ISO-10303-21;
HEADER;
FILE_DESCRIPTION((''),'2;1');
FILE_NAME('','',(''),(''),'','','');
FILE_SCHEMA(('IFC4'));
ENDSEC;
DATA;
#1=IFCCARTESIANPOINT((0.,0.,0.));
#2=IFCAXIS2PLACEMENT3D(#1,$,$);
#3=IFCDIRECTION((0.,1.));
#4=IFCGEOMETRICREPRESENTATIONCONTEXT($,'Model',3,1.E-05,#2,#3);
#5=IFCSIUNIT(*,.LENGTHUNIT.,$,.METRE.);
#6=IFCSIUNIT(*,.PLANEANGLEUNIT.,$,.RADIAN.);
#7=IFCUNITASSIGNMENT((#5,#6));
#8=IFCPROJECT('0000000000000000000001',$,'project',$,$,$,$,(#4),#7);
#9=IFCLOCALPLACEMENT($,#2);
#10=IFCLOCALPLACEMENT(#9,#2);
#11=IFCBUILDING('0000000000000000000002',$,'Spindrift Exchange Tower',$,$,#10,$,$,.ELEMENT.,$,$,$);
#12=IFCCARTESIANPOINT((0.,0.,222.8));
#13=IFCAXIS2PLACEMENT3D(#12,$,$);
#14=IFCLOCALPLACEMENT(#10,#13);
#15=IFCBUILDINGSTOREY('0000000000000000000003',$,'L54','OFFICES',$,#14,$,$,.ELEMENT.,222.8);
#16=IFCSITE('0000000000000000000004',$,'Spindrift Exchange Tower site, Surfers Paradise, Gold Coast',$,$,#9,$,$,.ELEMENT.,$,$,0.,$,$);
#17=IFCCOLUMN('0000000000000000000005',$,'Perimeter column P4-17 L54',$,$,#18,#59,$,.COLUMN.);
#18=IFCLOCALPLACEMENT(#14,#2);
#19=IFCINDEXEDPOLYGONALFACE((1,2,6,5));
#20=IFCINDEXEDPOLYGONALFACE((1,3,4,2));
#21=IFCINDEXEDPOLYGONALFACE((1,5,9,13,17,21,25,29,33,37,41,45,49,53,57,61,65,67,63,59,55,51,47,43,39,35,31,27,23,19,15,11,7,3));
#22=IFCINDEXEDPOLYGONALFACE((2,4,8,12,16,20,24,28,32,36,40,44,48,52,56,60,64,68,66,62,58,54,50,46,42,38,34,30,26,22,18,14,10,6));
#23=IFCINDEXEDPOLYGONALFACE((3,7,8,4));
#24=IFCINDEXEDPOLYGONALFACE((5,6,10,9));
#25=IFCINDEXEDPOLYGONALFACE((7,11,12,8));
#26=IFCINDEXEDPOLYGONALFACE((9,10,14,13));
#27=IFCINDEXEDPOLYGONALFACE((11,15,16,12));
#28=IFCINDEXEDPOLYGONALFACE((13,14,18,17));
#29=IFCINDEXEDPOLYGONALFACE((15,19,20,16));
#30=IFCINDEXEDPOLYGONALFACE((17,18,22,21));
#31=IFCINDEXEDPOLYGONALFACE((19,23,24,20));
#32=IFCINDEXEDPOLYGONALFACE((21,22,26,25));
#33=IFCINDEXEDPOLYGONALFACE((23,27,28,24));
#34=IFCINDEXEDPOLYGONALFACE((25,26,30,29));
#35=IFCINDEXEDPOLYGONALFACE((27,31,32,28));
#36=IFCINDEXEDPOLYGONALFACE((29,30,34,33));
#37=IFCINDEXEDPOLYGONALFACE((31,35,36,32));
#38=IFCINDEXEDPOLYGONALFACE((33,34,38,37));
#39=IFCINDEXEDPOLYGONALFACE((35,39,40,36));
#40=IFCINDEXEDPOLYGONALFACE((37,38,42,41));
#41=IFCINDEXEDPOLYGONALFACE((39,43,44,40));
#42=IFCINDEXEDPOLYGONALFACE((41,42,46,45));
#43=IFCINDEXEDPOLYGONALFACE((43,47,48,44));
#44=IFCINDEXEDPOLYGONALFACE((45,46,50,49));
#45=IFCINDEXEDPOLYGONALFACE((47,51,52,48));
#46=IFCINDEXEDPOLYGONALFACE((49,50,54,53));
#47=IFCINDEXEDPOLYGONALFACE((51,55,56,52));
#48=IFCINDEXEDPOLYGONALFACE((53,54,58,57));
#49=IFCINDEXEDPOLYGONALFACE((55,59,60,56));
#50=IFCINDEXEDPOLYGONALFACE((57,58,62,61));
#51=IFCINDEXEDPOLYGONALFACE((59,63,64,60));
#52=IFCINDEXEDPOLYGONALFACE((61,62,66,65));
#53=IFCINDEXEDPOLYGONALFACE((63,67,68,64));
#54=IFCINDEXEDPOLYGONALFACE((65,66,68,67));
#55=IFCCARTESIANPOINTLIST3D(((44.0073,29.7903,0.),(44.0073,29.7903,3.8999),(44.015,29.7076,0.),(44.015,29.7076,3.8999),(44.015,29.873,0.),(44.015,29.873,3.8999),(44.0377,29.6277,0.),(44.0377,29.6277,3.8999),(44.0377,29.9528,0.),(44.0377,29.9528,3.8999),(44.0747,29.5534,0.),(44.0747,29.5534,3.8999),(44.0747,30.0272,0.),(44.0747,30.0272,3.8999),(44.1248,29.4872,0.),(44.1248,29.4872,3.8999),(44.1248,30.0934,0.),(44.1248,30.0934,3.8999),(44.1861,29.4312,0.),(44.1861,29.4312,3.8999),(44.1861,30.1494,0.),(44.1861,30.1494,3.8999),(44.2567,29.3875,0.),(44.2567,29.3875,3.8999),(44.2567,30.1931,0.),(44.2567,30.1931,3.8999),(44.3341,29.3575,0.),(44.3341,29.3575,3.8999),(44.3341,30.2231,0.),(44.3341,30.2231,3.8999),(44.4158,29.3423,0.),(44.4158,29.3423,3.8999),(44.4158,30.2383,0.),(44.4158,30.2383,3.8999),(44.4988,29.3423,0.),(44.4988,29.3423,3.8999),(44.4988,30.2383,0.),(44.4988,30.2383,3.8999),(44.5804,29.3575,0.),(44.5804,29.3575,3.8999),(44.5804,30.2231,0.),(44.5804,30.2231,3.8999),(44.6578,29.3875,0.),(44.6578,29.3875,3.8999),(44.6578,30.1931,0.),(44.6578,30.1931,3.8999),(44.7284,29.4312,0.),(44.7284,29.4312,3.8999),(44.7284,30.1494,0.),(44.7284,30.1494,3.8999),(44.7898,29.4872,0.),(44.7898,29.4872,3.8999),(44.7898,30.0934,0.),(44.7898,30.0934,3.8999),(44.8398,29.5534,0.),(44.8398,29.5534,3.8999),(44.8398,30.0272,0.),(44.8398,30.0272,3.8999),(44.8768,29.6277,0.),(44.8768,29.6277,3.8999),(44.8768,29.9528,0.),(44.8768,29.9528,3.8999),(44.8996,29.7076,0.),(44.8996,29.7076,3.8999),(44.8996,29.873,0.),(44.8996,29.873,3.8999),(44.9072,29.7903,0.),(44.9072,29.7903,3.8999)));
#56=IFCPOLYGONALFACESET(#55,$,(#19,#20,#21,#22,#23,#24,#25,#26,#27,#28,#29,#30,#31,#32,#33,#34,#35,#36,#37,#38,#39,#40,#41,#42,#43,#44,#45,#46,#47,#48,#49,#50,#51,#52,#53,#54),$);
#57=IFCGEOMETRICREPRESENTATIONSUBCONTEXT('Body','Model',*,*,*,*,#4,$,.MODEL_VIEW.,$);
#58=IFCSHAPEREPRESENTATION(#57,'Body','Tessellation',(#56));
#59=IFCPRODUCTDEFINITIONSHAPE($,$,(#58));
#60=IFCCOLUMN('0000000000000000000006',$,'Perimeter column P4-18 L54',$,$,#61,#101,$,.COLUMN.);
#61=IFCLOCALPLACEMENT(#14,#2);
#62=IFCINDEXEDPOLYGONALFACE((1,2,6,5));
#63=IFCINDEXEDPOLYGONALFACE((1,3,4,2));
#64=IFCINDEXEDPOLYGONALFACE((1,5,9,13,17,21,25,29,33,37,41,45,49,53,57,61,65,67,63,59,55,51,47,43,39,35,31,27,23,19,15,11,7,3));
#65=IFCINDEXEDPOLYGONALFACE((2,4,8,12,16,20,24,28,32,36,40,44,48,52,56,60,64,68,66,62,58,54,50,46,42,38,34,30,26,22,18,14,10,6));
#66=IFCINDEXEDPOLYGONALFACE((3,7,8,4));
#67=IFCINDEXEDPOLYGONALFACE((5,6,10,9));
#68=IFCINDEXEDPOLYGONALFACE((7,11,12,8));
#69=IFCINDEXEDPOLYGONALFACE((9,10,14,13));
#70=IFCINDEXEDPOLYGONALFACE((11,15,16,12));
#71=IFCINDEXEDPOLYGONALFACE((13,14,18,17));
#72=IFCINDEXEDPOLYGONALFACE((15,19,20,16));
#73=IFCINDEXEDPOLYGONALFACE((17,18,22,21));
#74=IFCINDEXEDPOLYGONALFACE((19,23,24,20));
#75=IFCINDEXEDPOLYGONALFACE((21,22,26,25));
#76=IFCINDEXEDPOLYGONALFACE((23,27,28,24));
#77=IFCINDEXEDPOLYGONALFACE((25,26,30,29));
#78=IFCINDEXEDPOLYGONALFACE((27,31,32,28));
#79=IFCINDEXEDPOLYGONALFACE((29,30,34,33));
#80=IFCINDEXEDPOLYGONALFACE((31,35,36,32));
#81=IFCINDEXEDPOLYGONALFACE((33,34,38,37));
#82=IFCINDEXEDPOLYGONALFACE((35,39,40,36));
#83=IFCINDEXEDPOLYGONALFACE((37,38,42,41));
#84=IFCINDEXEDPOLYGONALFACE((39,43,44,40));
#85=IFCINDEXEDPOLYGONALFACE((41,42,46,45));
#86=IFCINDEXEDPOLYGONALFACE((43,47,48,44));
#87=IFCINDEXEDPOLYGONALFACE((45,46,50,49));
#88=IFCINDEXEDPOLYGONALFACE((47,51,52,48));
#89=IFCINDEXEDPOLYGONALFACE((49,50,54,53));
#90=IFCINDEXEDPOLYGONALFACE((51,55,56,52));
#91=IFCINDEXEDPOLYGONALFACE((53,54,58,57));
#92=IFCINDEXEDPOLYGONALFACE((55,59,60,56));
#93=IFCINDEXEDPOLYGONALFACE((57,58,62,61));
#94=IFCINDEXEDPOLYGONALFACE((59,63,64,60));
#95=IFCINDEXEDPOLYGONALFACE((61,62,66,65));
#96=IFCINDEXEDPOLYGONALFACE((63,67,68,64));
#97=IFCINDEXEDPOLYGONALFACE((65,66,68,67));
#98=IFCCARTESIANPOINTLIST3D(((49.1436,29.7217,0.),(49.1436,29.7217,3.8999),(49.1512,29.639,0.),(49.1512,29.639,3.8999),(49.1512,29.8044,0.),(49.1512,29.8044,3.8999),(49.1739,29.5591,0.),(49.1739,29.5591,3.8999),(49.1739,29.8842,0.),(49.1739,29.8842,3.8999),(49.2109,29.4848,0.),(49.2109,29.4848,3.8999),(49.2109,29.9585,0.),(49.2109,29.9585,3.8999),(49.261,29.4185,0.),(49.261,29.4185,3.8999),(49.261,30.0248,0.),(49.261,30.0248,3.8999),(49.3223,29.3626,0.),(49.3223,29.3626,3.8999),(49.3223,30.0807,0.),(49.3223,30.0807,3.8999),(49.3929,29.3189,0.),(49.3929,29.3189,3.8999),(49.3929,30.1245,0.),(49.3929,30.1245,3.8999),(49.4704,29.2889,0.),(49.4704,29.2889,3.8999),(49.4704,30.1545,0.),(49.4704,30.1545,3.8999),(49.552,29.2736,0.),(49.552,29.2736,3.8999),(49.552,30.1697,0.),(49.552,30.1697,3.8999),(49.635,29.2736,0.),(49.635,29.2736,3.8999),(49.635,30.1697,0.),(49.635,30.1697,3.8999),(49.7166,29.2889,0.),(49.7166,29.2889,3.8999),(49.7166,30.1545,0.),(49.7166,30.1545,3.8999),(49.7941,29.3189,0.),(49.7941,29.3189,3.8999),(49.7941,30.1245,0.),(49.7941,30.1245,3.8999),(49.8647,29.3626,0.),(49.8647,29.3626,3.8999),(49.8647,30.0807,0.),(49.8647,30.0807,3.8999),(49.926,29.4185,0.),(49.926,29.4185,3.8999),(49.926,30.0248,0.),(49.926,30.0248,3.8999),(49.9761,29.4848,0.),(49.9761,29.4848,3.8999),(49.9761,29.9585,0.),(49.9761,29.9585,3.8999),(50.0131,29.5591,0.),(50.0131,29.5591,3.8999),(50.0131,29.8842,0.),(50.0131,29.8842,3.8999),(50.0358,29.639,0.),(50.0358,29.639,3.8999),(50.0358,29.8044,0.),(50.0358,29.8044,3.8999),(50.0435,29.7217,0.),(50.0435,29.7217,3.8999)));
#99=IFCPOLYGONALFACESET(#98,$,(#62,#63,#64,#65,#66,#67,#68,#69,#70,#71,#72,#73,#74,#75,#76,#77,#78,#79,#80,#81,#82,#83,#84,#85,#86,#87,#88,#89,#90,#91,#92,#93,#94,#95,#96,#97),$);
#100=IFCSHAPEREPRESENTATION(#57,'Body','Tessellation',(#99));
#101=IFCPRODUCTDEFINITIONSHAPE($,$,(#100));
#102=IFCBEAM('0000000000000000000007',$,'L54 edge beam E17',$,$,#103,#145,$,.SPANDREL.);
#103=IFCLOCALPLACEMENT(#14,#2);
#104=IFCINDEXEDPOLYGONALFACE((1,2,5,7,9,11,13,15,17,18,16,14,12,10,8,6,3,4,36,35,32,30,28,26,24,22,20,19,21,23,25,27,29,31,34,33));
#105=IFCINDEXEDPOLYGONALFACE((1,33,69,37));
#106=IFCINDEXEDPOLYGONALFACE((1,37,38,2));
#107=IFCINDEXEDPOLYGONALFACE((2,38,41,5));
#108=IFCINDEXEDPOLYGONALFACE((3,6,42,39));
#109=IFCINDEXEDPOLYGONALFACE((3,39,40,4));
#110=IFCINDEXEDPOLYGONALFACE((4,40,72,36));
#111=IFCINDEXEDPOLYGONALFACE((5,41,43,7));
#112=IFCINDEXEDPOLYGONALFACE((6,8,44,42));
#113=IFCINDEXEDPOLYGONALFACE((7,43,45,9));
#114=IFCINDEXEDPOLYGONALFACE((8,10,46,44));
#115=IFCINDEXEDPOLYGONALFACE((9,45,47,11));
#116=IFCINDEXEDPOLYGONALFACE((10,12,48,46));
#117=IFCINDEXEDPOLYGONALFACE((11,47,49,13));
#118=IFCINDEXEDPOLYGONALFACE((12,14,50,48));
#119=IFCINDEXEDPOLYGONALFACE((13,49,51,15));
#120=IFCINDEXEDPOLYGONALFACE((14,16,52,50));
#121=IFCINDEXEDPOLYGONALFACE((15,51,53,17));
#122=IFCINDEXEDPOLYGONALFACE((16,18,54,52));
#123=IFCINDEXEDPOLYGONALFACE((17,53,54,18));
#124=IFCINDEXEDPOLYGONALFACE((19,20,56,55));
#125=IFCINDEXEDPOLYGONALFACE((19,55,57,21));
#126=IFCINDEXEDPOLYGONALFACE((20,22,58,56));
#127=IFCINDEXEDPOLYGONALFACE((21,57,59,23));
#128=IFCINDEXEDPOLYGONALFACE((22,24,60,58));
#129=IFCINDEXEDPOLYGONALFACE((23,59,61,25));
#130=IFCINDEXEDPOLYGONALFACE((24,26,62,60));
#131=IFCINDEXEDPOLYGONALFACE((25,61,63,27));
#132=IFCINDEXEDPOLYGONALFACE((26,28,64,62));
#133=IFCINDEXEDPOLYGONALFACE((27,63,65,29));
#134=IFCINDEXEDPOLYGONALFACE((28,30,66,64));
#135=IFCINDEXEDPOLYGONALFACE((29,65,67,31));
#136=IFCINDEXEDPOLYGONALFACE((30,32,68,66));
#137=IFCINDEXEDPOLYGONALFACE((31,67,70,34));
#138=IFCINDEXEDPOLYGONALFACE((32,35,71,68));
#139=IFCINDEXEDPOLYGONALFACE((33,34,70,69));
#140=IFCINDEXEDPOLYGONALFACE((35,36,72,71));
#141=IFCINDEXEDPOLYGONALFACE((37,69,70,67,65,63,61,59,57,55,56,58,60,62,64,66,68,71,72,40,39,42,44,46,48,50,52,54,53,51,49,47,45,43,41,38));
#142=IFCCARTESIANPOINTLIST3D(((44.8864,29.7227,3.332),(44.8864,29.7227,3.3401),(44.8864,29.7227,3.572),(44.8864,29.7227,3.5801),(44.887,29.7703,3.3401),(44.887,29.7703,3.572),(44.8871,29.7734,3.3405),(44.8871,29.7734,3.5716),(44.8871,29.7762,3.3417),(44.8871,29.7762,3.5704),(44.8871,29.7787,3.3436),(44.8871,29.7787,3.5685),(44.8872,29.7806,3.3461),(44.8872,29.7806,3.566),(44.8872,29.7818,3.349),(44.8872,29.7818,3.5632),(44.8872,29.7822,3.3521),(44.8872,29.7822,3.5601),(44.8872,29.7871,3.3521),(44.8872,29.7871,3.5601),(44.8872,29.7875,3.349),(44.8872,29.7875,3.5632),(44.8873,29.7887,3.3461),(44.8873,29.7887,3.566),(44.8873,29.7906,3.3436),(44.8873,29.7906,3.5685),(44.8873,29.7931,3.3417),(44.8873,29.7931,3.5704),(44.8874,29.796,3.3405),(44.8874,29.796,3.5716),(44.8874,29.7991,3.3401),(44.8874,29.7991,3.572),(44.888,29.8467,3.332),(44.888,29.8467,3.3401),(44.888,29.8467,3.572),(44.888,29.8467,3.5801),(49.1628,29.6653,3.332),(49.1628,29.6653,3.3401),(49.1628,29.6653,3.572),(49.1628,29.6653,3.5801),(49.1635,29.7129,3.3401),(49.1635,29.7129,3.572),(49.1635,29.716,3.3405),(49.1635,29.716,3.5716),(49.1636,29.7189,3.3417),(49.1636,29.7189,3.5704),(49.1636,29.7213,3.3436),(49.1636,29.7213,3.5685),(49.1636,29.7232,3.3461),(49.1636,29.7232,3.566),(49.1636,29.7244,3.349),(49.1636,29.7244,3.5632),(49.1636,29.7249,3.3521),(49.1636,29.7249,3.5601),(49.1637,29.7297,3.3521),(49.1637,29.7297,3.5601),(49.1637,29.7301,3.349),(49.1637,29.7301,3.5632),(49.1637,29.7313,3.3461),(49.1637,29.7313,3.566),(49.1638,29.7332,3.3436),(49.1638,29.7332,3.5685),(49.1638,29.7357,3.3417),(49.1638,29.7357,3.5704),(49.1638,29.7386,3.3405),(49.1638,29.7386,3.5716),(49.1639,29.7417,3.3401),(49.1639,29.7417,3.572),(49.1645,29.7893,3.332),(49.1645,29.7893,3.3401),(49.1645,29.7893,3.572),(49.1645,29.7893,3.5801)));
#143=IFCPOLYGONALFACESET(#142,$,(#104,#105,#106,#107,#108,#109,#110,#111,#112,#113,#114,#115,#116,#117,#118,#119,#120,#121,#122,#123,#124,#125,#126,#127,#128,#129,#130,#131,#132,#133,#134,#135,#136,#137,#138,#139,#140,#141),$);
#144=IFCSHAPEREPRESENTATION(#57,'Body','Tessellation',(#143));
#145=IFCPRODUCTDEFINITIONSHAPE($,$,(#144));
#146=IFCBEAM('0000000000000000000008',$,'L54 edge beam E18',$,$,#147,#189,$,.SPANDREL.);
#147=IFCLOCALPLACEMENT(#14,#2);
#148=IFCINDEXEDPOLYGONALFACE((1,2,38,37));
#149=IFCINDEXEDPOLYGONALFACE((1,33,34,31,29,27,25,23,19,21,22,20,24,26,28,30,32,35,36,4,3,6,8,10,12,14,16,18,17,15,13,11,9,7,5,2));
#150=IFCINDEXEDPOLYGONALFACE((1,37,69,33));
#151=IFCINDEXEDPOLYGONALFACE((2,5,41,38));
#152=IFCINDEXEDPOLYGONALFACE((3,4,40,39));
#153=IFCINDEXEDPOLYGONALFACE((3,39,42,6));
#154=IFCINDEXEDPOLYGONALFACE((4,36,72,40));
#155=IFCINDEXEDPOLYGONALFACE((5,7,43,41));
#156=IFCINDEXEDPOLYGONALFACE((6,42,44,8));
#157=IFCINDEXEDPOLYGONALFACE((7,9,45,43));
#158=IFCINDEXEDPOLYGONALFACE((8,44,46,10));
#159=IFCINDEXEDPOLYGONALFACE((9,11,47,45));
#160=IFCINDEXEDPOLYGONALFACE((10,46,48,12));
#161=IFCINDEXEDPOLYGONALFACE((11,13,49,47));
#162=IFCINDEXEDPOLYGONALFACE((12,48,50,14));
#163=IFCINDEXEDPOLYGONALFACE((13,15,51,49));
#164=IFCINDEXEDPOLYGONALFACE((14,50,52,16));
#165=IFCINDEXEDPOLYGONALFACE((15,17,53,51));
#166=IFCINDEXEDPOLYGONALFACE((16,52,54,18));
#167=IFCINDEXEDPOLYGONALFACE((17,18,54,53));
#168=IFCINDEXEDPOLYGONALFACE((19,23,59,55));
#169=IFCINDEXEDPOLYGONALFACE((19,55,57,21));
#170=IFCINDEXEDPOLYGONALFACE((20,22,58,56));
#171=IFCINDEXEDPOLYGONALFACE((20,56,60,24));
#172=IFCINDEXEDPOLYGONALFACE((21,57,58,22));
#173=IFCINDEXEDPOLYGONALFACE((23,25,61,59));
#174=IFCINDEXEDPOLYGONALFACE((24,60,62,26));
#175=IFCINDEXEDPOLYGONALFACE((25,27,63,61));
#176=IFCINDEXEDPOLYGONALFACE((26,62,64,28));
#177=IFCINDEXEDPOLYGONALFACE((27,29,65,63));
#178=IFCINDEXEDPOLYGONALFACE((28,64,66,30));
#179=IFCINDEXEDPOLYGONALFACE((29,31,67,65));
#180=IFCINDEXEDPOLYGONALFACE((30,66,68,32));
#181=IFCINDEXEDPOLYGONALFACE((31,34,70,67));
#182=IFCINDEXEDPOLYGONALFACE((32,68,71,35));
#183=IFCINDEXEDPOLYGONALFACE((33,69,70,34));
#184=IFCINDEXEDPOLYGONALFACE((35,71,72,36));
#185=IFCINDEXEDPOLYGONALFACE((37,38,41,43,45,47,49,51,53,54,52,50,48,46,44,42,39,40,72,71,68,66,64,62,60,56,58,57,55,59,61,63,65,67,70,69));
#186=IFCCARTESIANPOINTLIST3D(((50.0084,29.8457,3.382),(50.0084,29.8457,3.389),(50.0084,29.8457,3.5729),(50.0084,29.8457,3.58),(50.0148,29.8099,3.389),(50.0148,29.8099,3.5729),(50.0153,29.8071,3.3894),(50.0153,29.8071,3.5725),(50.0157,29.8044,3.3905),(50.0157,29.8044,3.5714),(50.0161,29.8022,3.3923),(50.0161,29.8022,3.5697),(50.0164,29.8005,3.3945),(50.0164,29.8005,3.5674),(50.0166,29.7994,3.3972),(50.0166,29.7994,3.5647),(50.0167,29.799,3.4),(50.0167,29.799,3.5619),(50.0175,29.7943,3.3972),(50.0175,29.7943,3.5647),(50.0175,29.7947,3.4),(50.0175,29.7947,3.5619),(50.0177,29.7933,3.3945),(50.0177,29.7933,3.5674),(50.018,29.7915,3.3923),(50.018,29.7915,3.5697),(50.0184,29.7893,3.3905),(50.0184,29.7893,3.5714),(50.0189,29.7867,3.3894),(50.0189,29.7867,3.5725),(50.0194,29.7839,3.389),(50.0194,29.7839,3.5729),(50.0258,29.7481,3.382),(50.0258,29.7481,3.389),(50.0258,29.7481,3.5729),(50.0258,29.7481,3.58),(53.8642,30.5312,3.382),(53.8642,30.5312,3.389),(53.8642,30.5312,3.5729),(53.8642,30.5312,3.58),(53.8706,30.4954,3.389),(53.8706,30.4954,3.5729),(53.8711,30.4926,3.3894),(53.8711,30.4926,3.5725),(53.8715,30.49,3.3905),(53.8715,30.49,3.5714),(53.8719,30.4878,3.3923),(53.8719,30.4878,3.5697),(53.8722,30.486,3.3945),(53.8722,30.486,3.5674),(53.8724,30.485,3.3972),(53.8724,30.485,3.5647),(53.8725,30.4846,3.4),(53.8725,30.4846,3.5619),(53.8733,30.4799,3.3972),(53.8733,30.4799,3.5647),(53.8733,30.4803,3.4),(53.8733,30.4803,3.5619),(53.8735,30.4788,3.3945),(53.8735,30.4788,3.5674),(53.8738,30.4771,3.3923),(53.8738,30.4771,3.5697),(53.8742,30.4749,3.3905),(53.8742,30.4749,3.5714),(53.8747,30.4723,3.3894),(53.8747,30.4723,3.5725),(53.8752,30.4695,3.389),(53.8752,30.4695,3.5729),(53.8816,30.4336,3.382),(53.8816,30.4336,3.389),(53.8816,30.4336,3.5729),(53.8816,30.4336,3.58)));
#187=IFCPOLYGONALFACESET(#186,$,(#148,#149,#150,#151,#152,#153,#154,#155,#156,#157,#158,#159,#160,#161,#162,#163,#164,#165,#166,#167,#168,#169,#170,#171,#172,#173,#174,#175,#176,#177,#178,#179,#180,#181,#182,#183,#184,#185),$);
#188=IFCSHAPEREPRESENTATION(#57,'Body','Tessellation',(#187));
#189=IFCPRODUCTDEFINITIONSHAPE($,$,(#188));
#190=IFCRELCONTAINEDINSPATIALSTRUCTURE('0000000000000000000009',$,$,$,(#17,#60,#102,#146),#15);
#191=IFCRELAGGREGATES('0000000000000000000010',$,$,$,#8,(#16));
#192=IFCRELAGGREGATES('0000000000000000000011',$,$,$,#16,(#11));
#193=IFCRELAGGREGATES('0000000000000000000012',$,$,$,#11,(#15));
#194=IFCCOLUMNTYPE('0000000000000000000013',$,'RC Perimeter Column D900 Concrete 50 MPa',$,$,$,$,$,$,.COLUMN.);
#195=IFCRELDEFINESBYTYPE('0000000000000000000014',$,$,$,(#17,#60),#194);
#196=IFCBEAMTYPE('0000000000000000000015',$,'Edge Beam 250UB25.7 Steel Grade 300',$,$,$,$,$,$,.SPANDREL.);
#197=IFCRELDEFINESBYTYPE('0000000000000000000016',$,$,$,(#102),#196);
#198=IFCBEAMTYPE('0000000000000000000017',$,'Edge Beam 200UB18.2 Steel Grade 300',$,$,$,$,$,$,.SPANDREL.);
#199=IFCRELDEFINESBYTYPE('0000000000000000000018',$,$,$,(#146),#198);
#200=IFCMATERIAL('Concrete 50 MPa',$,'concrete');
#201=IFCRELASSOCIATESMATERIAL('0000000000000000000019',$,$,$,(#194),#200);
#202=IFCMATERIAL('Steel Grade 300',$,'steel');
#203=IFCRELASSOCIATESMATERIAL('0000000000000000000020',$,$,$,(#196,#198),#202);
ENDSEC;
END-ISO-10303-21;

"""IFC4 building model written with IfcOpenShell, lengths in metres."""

from ifc_helpers import new_model, si_unit, direction, frame, origin, origin_2d, place, context, subcontext, project, spatial, circle, i_section, extrude, source, transform, mapped, material, material_profile, profile_set, type_object, element, save


model = new_model("IFC4")

# Units and contexts
model_context = context("Model", 3, precision=1e-05, world=origin(), true_north=direction((0.0, 1.0)))
body_context = subcontext(model_context, "Body", "Model", "MODEL_VIEW")
ifc_project = project(units=[si_unit("LENGTHUNIT", "METRE"), si_unit("PLANEANGLEUNIT", "RADIAN")], contexts=[model_context])

# Site, building, storey
site_placement = place(None, origin())
site = spatial("IfcSite", under=ifc_project, at=site_placement, Name="Spindrift Exchange Tower site, Surfers Paradise, Gold Coast", CompositionType="ELEMENT", RefElevation=0.0)
building_placement = place(site_placement, origin())
building = spatial("IfcBuilding", under=site, at=building_placement, Name="Spindrift Exchange Tower", CompositionType="ELEMENT")
storey_placement = place(building_placement, frame((0.0, 0.0, 222.8)))
storey = spatial("IfcBuildingStorey", under=building, at=storey_placement, Name="L54", Description="OFFICES", CompositionType="ELEMENT", Elevation=222.8)

# Columns
ifc_material_1 = material(Name="Concrete 50 MPa", Category="concrete")
ifc_material_profile_1 = material_profile(ifc_material_1, circle(Radius=0.45, at=origin_2d()), Name="RC D900")
ifc_profile_set_1 = profile_set([ifc_material_profile_1], Name="Concrete 50 MPa")
column_type = type_object("IfcColumnType", Name="RC Perimeter Column D900 Concrete 50 MPa", PredefinedType="COLUMN", material=ifc_profile_set_1)
shared_shape_1 = source(origin(), body_context, "Body", "SweptSolid", [
    extrude(circle(Radius=0.45, at=origin_2d()), origin(), (0.0, 0.0, 1.0), 3.8999),
])
for number, where, z_axis, x_axis, name in (
    (1, (44.4573, 29.7903, 0.0), (0.0, 0.0, 1.0), (1.0, 0.0, 0.0), "Perimeter column P4-17 L54"),
    (2, (49.5935, 29.7217, 0.0), (0.0, 0.0, 1.0), (1.0, 0.0, 0.0), "Perimeter column P4-18 L54"),
):
    element("IfcColumn", number, at=place(storey_placement, frame(where, z_axis=z_axis, x_axis=x_axis)), inside=storey, type_object=column_type, Name=name, PredefinedType="COLUMN", context=body_context, shape_type="MappedRepresentation", body=[
        mapped(shared_shape_1, transform((0.0, 0.0, 0.0), scale=1.0)),
    ])

# Beams
ifc_material_2 = material(Name="Steel Grade 300", Category="steel")
ifc_material_profile_2 = material_profile(ifc_material_2, i_section(OverallWidth=0.124, OverallDepth=0.248, WebThickness=0.0049, FlangeThickness=0.0081, FilletRadius=0.012, at=origin_2d()), Name="250UB25.7")
ifc_profile_set_2 = profile_set([ifc_material_profile_2], Name="Steel Grade 300")
beam_type_1 = type_object("IfcBeamType", Name="Edge Beam 250UB25.7 Steel Grade 300", PredefinedType="SPANDREL", material=ifc_profile_set_2)
shared_shape_2 = source(origin(), body_context, "Body", "SweptSolid", [
    extrude(i_section(OverallWidth=0.124, OverallDepth=0.248, WebThickness=0.0049, FlangeThickness=0.0081, FilletRadius=0.012, at=origin_2d()), origin(), (0.0, 0.0, 1.0), 4.2769),
])
beam_1_placement = place(storey_placement, frame((44.8872, 29.7847, 3.4561), z_axis=(0.99991, -0.013415, 0.0), x_axis=(0.013415, 0.99991, 0.0)))
element("IfcBeam", 3, at=beam_1_placement, inside=storey, type_object=beam_type_1, Name="L54 edge beam E17", PredefinedType="SPANDREL", context=body_context, shape_type="MappedRepresentation", body=[
    mapped(shared_shape_2, transform((0.0, 0.0, 0.0), scale=1.0)),
])
ifc_material_profile_3 = material_profile(ifc_material_2, i_section(OverallWidth=0.0991, OverallDepth=0.198, WebThickness=0.0044, FlangeThickness=0.0071, FilletRadius=0.011, at=origin_2d()), Name="200UB18.2")
ifc_profile_set_3 = profile_set([ifc_material_profile_3], Name="Steel Grade 300")
beam_type_2 = type_object("IfcBeamType", Name="Edge Beam 200UB18.2 Steel Grade 300", PredefinedType="SPANDREL", material=ifc_profile_set_3)
shared_shape_3 = source(origin(), body_context, "Body", "SweptSolid", [
    extrude(i_section(OverallWidth=0.0991, OverallDepth=0.198, WebThickness=0.0044, FlangeThickness=0.0071, FilletRadius=0.011, at=origin_2d()), origin(), (0.0, 0.0, 1.0), 3.9163),
])
beam_2_placement = place(storey_placement, frame((50.0171, 29.7969, 3.481), z_axis=(0.984559, 0.175055, 0.0), x_axis=(-0.175055, 0.984559, 0.0)))
element("IfcBeam", 4, at=beam_2_placement, inside=storey, type_object=beam_type_2, Name="L54 edge beam E18", PredefinedType="SPANDREL", context=body_context, shape_type="MappedRepresentation", body=[
    mapped(shared_shape_3, transform((0.0, 0.0, 0.0), scale=1.0)),
])

save(model, "model.ifc")
